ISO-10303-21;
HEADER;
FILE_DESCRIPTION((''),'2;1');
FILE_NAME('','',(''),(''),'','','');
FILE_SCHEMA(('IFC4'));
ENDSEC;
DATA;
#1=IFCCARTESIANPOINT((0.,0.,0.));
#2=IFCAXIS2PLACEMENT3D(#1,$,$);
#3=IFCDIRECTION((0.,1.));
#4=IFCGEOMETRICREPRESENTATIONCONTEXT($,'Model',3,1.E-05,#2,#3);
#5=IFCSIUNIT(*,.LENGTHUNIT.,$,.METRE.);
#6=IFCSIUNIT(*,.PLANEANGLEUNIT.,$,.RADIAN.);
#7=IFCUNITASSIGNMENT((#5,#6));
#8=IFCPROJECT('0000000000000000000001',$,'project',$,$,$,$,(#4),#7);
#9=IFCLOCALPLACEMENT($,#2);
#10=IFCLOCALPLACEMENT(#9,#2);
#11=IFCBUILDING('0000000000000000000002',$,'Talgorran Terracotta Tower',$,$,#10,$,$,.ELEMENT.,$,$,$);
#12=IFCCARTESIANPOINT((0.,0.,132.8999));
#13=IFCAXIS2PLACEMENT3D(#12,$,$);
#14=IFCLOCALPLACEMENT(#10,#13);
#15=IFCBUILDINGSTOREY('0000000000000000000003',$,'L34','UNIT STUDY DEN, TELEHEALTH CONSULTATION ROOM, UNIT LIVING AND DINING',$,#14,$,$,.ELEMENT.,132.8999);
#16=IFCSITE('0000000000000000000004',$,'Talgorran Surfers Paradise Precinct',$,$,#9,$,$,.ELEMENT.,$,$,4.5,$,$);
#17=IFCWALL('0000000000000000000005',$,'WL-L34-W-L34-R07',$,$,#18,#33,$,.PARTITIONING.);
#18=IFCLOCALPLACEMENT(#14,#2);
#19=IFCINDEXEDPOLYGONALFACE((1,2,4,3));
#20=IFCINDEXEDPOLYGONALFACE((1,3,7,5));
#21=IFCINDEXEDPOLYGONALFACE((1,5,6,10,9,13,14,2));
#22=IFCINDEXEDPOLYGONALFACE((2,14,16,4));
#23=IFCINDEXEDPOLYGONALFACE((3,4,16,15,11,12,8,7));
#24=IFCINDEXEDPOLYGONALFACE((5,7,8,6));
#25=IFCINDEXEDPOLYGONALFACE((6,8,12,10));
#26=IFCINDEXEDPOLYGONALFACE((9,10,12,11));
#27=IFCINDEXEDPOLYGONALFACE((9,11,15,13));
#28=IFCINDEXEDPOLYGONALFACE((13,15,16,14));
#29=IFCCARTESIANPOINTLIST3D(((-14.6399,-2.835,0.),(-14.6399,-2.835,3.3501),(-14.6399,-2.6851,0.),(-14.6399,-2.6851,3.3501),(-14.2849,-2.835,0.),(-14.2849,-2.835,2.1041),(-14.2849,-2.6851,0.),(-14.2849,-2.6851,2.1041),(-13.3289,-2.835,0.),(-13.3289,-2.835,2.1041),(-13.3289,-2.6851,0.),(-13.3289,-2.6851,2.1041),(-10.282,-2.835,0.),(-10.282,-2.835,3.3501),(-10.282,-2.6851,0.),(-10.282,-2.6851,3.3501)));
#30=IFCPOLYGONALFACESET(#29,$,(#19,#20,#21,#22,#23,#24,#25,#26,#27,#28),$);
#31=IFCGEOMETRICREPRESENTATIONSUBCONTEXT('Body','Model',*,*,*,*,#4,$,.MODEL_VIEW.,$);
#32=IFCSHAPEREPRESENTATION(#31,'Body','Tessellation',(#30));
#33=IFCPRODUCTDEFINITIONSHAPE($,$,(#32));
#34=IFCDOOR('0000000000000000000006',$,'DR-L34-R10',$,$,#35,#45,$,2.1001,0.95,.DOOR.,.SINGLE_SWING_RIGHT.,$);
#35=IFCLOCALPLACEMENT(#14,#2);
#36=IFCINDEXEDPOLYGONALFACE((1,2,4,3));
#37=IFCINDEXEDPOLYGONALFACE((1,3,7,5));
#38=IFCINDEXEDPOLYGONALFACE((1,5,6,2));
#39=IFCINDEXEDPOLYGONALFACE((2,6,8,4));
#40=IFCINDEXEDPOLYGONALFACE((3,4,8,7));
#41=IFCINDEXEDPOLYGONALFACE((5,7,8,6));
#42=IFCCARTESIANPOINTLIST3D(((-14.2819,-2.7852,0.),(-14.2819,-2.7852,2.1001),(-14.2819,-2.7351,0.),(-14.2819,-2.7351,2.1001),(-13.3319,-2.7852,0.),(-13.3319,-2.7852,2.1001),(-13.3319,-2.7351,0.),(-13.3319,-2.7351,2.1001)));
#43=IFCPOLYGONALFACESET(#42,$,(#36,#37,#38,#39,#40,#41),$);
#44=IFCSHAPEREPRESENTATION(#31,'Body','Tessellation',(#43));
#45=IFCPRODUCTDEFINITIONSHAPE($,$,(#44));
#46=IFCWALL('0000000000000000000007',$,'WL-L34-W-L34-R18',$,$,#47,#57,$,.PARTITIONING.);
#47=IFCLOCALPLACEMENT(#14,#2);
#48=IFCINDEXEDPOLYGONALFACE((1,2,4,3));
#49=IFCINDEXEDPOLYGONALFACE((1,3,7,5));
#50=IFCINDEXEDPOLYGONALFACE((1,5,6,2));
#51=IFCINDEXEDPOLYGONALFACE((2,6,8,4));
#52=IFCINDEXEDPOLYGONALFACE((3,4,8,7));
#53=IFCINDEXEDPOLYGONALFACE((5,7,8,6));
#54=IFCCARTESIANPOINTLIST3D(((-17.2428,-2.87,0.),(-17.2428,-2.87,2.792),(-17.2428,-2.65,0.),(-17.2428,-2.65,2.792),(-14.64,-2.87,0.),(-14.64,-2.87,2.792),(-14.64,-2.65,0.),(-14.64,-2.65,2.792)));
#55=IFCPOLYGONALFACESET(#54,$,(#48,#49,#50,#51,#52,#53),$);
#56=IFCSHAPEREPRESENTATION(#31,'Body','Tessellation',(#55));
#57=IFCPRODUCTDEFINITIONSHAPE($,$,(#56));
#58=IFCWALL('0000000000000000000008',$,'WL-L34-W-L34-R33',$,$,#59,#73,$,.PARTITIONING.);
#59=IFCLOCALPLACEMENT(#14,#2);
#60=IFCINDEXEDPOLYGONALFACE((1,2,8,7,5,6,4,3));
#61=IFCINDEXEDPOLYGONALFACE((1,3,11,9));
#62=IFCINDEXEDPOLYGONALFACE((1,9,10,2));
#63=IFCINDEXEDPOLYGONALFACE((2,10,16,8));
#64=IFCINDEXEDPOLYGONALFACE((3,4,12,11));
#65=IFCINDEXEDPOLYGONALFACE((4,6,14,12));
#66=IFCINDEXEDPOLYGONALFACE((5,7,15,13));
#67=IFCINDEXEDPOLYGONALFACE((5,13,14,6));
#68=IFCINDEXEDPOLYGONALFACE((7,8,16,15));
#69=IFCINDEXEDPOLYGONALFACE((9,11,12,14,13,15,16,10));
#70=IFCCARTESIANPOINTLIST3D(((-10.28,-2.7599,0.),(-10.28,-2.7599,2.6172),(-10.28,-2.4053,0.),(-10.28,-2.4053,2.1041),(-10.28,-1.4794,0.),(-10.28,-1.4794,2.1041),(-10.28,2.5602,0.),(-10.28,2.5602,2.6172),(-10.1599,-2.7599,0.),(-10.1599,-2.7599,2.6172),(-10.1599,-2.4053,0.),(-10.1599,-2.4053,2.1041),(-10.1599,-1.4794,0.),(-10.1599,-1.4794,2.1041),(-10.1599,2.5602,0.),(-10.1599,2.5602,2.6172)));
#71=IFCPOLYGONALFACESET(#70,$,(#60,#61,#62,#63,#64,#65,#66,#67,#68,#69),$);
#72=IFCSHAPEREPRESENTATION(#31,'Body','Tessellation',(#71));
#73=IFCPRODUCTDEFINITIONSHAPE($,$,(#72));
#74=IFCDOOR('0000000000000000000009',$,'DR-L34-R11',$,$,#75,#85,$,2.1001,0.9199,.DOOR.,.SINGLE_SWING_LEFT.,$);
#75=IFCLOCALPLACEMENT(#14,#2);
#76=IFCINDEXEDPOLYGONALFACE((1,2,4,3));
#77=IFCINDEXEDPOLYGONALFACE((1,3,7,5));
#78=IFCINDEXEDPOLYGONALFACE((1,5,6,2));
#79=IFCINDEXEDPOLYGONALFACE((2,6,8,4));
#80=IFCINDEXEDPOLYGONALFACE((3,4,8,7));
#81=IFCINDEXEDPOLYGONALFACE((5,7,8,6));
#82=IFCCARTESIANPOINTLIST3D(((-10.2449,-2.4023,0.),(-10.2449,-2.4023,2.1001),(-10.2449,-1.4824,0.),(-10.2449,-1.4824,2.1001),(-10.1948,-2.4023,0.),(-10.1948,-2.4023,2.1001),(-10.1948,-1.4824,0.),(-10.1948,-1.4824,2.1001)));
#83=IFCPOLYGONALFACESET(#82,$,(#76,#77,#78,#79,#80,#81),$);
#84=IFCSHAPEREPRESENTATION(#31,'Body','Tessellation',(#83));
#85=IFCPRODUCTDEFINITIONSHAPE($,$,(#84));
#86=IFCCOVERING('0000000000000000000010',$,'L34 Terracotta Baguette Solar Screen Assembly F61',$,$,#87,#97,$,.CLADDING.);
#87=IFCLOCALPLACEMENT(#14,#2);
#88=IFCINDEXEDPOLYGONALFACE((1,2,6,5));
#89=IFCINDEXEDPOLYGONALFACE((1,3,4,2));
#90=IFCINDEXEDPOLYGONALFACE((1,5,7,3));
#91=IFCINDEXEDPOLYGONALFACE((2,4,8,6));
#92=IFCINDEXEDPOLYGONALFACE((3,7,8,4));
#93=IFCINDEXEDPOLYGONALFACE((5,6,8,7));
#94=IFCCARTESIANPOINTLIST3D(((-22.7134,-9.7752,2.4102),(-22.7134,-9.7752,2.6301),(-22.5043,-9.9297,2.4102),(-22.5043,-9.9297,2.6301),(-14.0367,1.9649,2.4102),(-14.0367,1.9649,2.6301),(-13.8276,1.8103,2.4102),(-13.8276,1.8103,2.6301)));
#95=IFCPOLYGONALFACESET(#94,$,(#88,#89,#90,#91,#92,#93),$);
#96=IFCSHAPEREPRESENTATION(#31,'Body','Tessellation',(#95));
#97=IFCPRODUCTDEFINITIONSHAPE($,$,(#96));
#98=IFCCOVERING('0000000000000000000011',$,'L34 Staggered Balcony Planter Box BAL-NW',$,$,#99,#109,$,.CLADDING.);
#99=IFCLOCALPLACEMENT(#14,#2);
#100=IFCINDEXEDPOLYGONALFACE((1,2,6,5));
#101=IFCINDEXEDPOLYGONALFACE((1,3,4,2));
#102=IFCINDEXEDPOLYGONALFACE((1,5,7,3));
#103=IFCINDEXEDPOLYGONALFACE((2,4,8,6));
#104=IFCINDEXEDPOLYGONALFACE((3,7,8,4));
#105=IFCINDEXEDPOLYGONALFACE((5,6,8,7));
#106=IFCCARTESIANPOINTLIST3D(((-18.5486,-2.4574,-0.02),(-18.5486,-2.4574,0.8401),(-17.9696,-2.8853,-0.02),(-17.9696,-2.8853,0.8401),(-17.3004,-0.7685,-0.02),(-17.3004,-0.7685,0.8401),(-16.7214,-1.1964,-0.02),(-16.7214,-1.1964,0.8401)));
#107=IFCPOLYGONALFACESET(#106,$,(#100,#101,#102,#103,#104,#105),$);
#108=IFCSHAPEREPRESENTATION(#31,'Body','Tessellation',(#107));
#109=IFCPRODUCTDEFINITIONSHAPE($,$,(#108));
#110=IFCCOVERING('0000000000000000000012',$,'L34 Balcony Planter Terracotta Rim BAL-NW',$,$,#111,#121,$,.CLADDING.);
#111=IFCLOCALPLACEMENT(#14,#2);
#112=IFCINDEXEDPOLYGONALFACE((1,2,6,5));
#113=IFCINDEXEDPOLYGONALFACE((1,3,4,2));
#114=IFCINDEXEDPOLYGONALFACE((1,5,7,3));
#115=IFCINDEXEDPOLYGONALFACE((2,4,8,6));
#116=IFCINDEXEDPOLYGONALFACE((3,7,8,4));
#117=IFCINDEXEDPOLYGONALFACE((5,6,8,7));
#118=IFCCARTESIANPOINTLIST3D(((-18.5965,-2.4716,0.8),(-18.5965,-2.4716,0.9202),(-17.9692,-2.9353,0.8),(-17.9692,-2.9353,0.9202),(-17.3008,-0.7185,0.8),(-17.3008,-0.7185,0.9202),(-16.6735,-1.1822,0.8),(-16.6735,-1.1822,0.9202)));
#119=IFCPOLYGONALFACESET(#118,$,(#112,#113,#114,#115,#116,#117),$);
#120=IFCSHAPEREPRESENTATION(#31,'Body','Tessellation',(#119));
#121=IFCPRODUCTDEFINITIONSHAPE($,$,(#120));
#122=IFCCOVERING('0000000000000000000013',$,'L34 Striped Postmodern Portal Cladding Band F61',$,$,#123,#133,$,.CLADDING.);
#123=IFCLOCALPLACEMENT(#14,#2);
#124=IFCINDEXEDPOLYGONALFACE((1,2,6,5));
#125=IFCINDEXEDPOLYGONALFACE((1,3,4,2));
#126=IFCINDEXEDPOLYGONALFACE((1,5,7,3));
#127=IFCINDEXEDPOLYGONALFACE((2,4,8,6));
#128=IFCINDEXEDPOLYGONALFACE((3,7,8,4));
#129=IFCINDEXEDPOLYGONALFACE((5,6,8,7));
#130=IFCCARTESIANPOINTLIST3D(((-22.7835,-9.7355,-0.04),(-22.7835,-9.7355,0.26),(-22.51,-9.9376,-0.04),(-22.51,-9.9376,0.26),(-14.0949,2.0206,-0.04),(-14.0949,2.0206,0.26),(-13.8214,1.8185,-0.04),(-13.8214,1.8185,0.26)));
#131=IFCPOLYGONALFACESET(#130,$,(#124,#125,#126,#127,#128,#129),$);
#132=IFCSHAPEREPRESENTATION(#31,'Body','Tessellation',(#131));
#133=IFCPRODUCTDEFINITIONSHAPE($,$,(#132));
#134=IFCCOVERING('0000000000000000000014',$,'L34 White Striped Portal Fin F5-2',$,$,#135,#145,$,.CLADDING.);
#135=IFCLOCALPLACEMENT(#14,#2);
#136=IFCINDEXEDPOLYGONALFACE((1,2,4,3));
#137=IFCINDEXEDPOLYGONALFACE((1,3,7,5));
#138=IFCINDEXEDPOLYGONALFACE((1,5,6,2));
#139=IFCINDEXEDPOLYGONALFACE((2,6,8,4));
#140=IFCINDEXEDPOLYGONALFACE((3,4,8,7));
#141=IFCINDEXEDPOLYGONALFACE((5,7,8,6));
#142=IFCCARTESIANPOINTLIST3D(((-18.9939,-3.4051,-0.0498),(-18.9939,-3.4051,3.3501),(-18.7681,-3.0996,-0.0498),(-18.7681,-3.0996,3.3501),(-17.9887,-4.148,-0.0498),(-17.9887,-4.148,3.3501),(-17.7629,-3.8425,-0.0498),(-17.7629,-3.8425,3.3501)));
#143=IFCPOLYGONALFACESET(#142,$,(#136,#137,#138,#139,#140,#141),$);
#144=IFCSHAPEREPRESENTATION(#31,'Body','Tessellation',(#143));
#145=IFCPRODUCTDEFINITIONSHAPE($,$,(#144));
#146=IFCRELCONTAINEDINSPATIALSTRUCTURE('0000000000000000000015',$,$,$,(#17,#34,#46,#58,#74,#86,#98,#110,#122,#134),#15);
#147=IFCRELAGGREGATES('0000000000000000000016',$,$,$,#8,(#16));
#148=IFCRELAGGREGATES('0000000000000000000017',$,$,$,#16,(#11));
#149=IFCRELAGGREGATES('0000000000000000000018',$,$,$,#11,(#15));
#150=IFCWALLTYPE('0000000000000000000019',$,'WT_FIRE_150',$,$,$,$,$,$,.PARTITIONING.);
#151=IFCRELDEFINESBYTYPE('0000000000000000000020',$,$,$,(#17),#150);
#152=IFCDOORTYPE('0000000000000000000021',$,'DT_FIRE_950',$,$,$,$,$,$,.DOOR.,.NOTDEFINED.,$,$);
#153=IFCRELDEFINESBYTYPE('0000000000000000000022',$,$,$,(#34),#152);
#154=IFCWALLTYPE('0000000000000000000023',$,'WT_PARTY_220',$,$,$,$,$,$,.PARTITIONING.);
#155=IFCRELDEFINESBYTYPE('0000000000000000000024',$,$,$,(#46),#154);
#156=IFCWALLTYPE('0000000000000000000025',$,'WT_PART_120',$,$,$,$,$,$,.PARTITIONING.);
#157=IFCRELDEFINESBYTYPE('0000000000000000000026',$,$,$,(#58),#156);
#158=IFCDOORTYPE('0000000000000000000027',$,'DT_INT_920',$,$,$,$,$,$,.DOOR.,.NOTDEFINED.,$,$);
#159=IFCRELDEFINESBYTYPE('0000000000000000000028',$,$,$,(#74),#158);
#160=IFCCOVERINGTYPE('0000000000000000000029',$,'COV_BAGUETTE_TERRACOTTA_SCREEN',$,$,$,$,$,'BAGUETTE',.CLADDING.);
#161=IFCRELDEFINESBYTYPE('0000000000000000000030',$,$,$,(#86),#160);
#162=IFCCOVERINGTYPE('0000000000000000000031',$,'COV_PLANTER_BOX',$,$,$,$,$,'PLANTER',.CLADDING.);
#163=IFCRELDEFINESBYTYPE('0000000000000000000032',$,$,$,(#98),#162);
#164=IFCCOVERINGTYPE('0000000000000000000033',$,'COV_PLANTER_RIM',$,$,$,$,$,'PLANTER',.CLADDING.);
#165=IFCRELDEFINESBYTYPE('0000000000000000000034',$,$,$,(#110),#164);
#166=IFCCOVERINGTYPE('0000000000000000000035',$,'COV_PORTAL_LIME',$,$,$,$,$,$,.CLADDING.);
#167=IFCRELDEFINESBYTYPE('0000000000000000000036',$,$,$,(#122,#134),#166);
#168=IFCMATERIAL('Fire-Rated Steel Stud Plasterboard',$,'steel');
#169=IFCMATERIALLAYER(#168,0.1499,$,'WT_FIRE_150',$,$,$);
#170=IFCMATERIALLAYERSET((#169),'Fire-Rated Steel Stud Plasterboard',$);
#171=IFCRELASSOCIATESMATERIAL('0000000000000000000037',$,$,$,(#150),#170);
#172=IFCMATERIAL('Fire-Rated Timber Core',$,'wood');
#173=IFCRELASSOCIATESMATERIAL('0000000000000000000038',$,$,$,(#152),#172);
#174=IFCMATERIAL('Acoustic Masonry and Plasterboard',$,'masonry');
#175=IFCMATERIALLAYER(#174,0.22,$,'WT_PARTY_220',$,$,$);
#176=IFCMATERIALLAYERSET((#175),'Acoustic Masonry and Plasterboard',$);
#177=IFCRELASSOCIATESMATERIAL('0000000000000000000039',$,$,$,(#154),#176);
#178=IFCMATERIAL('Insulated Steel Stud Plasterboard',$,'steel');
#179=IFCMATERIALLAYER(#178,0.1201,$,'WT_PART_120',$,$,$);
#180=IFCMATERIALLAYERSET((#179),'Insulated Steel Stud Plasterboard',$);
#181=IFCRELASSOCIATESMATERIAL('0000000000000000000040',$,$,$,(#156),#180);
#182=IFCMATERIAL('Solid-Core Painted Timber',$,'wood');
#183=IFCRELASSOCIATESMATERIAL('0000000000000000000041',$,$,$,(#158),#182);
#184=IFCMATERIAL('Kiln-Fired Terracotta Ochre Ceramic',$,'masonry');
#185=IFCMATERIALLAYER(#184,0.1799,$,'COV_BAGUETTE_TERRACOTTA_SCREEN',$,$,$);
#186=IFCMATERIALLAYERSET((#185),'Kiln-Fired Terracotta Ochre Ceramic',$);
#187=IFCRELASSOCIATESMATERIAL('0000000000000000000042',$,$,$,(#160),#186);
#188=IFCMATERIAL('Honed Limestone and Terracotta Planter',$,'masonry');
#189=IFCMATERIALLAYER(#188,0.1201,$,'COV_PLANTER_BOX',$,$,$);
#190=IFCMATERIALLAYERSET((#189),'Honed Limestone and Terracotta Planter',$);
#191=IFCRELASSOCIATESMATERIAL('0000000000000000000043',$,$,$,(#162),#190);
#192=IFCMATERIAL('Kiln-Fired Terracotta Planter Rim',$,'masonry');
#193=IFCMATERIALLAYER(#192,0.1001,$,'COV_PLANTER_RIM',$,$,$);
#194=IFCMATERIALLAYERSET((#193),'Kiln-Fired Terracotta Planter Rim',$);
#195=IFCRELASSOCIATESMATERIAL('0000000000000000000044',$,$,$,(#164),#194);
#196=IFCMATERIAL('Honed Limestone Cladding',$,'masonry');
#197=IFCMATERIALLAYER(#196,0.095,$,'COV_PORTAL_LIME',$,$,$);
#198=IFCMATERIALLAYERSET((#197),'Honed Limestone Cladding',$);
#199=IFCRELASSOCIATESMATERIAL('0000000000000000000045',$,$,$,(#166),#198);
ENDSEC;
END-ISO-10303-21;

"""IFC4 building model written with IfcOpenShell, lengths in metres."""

from ifc_helpers import new_model, si_unit, direction, frame, frame_2d, origin, origin_2d, place, context, subcontext, project, spatial, rectangle, extrude, material, layer, layer_set, type_object, element, fill, save


model = new_model("IFC4")

# Units and contexts
model_context = context("Model", 3, precision=1e-05, world=origin(), true_north=direction((0.0, 1.0)))
body_context = subcontext(model_context, "Body", "Model", "MODEL_VIEW")
ifc_project = project(units=[si_unit("LENGTHUNIT", "METRE"), si_unit("PLANEANGLEUNIT", "RADIAN")], contexts=[model_context])

# Site, building, storey
site_placement = place(None, origin())
site = spatial("IfcSite", under=ifc_project, at=site_placement, Name="Talgorran Surfers Paradise Precinct", CompositionType="ELEMENT", RefElevation=4.5)
building_placement = place(site_placement, origin())
building = spatial("IfcBuilding", under=site, at=building_placement, Name="Talgorran Terracotta Tower", CompositionType="ELEMENT")
storey_placement = place(building_placement, frame((0.0, 0.0, 132.8999)))
storey = spatial("IfcBuildingStorey", under=building, at=storey_placement, Name="L34", Description="UNIT STUDY DEN, TELEHEALTH CONSULTATION ROOM, UNIT LIVING AND DINING", CompositionType="ELEMENT", Elevation=132.8999)

# Shared definitions
ifc_material_1 = material(Name="Fire-Rated Steel Stud Plasterboard", Category="steel")
ifc_layer_1 = layer(ifc_material_1, 0.1499, Name="WT_FIRE_150")
ifc_layer_set_1 = layer_set([ifc_layer_1], Name="Fire-Rated Steel Stud Plasterboard")
wall_type_1 = type_object("IfcWallType", Name="WT_FIRE_150", PredefinedType="PARTITIONING", material=ifc_layer_set_1)

# Wall, opening, door
wall_1_placement = place(storey_placement, frame((-14.6399, -2.76, 0.0), z_axis=(0.0, 0.0, 1.0), x_axis=(1.0, 0.0, 0.0)))
wall_1 = element("IfcWall", 1, at=wall_1_placement, inside=storey, type_object=wall_type_1, Name="WL-L34-W-L34-R07", PredefinedType="PARTITIONING", context=body_context, shape_type="SweptSolid", body=[
    extrude(rectangle(XDim=4.3579, YDim=0.1499, at=frame_2d((2.179, 0.0))), origin(), (0.0, 0.0, 1.0), 3.3501),
])
opening_1_placement = place(wall_1_placement, frame((0.3579, 0.0, 0.0)))
opening_1 = element("IfcOpeningElement", 2, at=opening_1_placement, cuts=wall_1, PredefinedType="OPENING", context=body_context, shape_type="SweptSolid", body=[
    extrude(rectangle(XDim=0.956, YDim=2.1041, at=frame_2d((0.4751, 1.052))), frame((0.0, 0.085, 0.0), z_axis=(0.0, -1.0, 0.0), x_axis=(1.0, 0.0, 0.0)), (0.0, 0.0, 1.0), 0.1699),
])
ifc_material_2 = material(Name="Fire-Rated Timber Core", Category="wood")
door_type_1 = type_object("IfcDoorType", Name="DT_FIRE_950", OperationType="NOTDEFINED", PredefinedType="DOOR", material=ifc_material_2)
door_1_placement = place(opening_1_placement, origin())
door_1 = element("IfcDoor", 3, at=door_1_placement, inside=storey, type_object=door_type_1, Name="DR-L34-R10", OperationType="SINGLE_SWING_RIGHT", OverallHeight=2.1001, OverallWidth=0.95, PredefinedType="DOOR", context=body_context, shape_type="SweptSolid", body=[
    extrude(rectangle(XDim=0.95, YDim=2.1001, at=frame_2d((0.4751, 1.05))), frame((0.0, 0.0249, 0.0), z_axis=(0.0, -1.0, 0.0), x_axis=(1.0, 0.0, 0.0)), (0.0, 0.0, 1.0), 0.05),
])
fill(opening_1, door_1)

# Wall
ifc_material_3 = material(Name="Acoustic Masonry and Plasterboard", Category="masonry")
ifc_layer_2 = layer(ifc_material_3, 0.22, Name="WT_PARTY_220")
ifc_layer_set_2 = layer_set([ifc_layer_2], Name="Acoustic Masonry and Plasterboard")
wall_type_2 = type_object("IfcWallType", Name="WT_PARTY_220", PredefinedType="PARTITIONING", material=ifc_layer_set_2)
wall_2_placement = place(storey_placement, frame((-17.2427, -2.76, 0.0), z_axis=(0.0, 0.0, 1.0), x_axis=(1.0, 0.0, 0.0)))
element("IfcWall", 4, at=wall_2_placement, inside=storey, type_object=wall_type_2, Name="WL-L34-W-L34-R18", PredefinedType="PARTITIONING", context=body_context, shape_type="SweptSolid", body=[
    extrude(rectangle(XDim=2.6028, YDim=0.22, at=frame_2d((1.3013, 0.0))), origin(), (0.0, 0.0, 1.0), 2.792),
])

# Wall, opening, door
ifc_material_4 = material(Name="Insulated Steel Stud Plasterboard", Category="steel")
ifc_layer_3 = layer(ifc_material_4, 0.1201, Name="WT_PART_120")
ifc_layer_set_3 = layer_set([ifc_layer_3], Name="Insulated Steel Stud Plasterboard")
wall_type_3 = type_object("IfcWallType", Name="WT_PART_120", PredefinedType="PARTITIONING", material=ifc_layer_set_3)
wall_3_placement = place(storey_placement, frame((-10.22, -2.76, 0.0), z_axis=(0.0, 0.0, 1.0), x_axis=(0.0, 1.0, 0.0)))
wall_3 = element("IfcWall", 5, at=wall_3_placement, inside=storey, type_object=wall_type_3, Name="WL-L34-W-L34-R33", PredefinedType="PARTITIONING", context=body_context, shape_type="SweptSolid", body=[
    extrude(rectangle(XDim=5.3201, YDim=0.1201, at=frame_2d((2.6602, 0.0))), origin(), (0.0, 0.0, 1.0), 2.6172),
])
opening_2_placement = place(wall_3_placement, frame((0.3577, 0.0, 0.0)))
opening_2 = element("IfcOpeningElement", 6, at=opening_2_placement, cuts=wall_3, PredefinedType="OPENING", context=body_context, shape_type="SweptSolid", body=[
    extrude(rectangle(XDim=0.9259, YDim=2.1041, at=frame_2d((0.46, 1.052))), frame((0.0, 0.0701, 0.0), z_axis=(0.0, -1.0, 0.0), x_axis=(1.0, 0.0, 0.0)), (0.0, 0.0, 1.0), 0.1401),
])
ifc_material_5 = material(Name="Solid-Core Painted Timber", Category="wood")
door_type_2 = type_object("IfcDoorType", Name="DT_INT_920", OperationType="NOTDEFINED", PredefinedType="DOOR", material=ifc_material_5)
door_2_placement = place(opening_2_placement, origin())
door_2 = element("IfcDoor", 7, at=door_2_placement, inside=storey, type_object=door_type_2, Name="DR-L34-R11", OperationType="SINGLE_SWING_LEFT", OverallHeight=2.1001, OverallWidth=0.9199, PredefinedType="DOOR", context=body_context, shape_type="SweptSolid", body=[
    extrude(rectangle(XDim=0.9199, YDim=2.1001, at=frame_2d((0.46, 1.05))), frame((0.0, 0.0249, 0.0), z_axis=(0.0, -1.0, 0.0), x_axis=(1.0, 0.0, 0.0)), (0.0, 0.0, 1.0), 0.05),
])
fill(opening_2, door_2)

# Coverings
ifc_material_6 = material(Name="Kiln-Fired Terracotta Ochre Ceramic", Category="masonry")
ifc_layer_4 = layer(ifc_material_6, 0.1799, Name="COV_BAGUETTE_TERRACOTTA_SCREEN")
ifc_layer_set_4 = layer_set([ifc_layer_4], Name="Kiln-Fired Terracotta Ochre Ceramic")
covering_type_1 = type_object("IfcCoveringType", Name="COV_BAGUETTE_TERRACOTTA_SCREEN", ElementType="BAGUETTE", PredefinedType="CLADDING", material=ifc_layer_set_4)
covering_1_placement = place(storey_placement, frame((-18.2705, -3.9824, 2.4102), z_axis=(0.0, 0.0, 1.0), x_axis=(-0.59436, -0.804199, 0.0)))
element("IfcCovering", 8, at=covering_1_placement, inside=storey, type_object=covering_type_1, Name="L34 Terracotta Baguette Solar Screen Assembly F61", PredefinedType="CLADDING", context=body_context, shape_type="SweptSolid", body=[
    extrude(rectangle(XDim=14.5984, YDim=0.26, at=origin_2d()), origin(), (0.0, 0.0, 1.0), 0.22),
])
ifc_material_7 = material(Name="Honed Limestone and Terracotta Planter", Category="masonry")
ifc_layer_5 = layer(ifc_material_7, 0.1201, Name="COV_PLANTER_BOX")
ifc_layer_set_5 = layer_set([ifc_layer_5], Name="Honed Limestone and Terracotta Planter")
covering_type_2 = type_object("IfcCoveringType", Name="COV_PLANTER_BOX", ElementType="PLANTER", PredefinedType="CLADDING", material=ifc_layer_set_5)
covering_2_placement = place(storey_placement, frame((-17.635, -1.8269, -0.02), z_axis=(0.0, 0.0, 1.0), x_axis=(-0.59436, -0.804199, 0.0)))
element("IfcCovering", 9, at=covering_2_placement, inside=storey, type_object=covering_type_2, Name="L34 Staggered Balcony Planter Box BAL-NW", PredefinedType="CLADDING", context=body_context, shape_type="SweptSolid", body=[
    extrude(rectangle(XDim=2.1001, YDim=0.72, at=origin_2d()), origin(), (0.0, 0.0, 1.0), 0.8601),
])
ifc_material_8 = material(Name="Kiln-Fired Terracotta Planter Rim", Category="masonry")
ifc_layer_6 = layer(ifc_material_8, 0.1001, Name="COV_PLANTER_RIM")
ifc_layer_set_6 = layer_set([ifc_layer_6], Name="Kiln-Fired Terracotta Planter Rim")
covering_type_3 = type_object("IfcCoveringType", Name="COV_PLANTER_RIM", ElementType="PLANTER", PredefinedType="CLADDING", material=ifc_layer_set_6)
covering_3_placement = place(storey_placement, frame((-17.635, -1.8269, 0.8), z_axis=(0.0, 0.0, 1.0), x_axis=(-0.59436, -0.804199, 0.0)))
element("IfcCovering", 10, at=covering_3_placement, inside=storey, type_object=covering_type_3, Name="L34 Balcony Planter Terracotta Rim BAL-NW", PredefinedType="CLADDING", context=body_context, shape_type="SweptSolid", body=[
    extrude(rectangle(XDim=2.1799, YDim=0.78, at=origin_2d()), origin(), (0.0, 0.0, 1.0), 0.1201),
])
ifc_material_9 = material(Name="Honed Limestone Cladding", Category="masonry")
ifc_layer_7 = layer(ifc_material_9, 0.095, Name="COV_PORTAL_LIME")
ifc_layer_set_7 = layer_set([ifc_layer_7], Name="Honed Limestone Cladding")
covering_type_4 = type_object("IfcCoveringType", Name="COV_PORTAL_LIME", PredefinedType="CLADDING", material=ifc_layer_set_7)
covering_4_placement = place(storey_placement, frame((-18.3025, -3.9585, -0.04), z_axis=(0.0, 0.0, 1.0), x_axis=(-0.59436, -0.804199, 0.0)))
element("IfcCovering", 11, at=covering_4_placement, inside=storey, type_object=covering_type_4, Name="L34 Striped Postmodern Portal Cladding Band F61", PredefinedType="CLADDING", context=body_context, shape_type="SweptSolid", body=[
    extrude(rectangle(XDim=14.6184, YDim=0.3401, at=origin_2d()), origin(), (0.0, 0.0, 1.0), 0.3),
])
covering_5_placement = place(storey_placement, frame((-18.3784, -3.6238, -0.0498), z_axis=(0.0, 0.0, 1.0), x_axis=(-0.59436, -0.804199, 0.0)))
element("IfcCovering", 12, at=covering_5_placement, inside=storey, type_object=covering_type_4, Name="L34 White Striped Portal Fin F5-2", PredefinedType="CLADDING", context=body_context, shape_type="SweptSolid", body=[
    extrude(rectangle(XDim=0.3799, YDim=1.25, at=origin_2d()), origin(), (0.0, 0.0, 1.0), 3.3999),
])

save(model, "model.ifc")
